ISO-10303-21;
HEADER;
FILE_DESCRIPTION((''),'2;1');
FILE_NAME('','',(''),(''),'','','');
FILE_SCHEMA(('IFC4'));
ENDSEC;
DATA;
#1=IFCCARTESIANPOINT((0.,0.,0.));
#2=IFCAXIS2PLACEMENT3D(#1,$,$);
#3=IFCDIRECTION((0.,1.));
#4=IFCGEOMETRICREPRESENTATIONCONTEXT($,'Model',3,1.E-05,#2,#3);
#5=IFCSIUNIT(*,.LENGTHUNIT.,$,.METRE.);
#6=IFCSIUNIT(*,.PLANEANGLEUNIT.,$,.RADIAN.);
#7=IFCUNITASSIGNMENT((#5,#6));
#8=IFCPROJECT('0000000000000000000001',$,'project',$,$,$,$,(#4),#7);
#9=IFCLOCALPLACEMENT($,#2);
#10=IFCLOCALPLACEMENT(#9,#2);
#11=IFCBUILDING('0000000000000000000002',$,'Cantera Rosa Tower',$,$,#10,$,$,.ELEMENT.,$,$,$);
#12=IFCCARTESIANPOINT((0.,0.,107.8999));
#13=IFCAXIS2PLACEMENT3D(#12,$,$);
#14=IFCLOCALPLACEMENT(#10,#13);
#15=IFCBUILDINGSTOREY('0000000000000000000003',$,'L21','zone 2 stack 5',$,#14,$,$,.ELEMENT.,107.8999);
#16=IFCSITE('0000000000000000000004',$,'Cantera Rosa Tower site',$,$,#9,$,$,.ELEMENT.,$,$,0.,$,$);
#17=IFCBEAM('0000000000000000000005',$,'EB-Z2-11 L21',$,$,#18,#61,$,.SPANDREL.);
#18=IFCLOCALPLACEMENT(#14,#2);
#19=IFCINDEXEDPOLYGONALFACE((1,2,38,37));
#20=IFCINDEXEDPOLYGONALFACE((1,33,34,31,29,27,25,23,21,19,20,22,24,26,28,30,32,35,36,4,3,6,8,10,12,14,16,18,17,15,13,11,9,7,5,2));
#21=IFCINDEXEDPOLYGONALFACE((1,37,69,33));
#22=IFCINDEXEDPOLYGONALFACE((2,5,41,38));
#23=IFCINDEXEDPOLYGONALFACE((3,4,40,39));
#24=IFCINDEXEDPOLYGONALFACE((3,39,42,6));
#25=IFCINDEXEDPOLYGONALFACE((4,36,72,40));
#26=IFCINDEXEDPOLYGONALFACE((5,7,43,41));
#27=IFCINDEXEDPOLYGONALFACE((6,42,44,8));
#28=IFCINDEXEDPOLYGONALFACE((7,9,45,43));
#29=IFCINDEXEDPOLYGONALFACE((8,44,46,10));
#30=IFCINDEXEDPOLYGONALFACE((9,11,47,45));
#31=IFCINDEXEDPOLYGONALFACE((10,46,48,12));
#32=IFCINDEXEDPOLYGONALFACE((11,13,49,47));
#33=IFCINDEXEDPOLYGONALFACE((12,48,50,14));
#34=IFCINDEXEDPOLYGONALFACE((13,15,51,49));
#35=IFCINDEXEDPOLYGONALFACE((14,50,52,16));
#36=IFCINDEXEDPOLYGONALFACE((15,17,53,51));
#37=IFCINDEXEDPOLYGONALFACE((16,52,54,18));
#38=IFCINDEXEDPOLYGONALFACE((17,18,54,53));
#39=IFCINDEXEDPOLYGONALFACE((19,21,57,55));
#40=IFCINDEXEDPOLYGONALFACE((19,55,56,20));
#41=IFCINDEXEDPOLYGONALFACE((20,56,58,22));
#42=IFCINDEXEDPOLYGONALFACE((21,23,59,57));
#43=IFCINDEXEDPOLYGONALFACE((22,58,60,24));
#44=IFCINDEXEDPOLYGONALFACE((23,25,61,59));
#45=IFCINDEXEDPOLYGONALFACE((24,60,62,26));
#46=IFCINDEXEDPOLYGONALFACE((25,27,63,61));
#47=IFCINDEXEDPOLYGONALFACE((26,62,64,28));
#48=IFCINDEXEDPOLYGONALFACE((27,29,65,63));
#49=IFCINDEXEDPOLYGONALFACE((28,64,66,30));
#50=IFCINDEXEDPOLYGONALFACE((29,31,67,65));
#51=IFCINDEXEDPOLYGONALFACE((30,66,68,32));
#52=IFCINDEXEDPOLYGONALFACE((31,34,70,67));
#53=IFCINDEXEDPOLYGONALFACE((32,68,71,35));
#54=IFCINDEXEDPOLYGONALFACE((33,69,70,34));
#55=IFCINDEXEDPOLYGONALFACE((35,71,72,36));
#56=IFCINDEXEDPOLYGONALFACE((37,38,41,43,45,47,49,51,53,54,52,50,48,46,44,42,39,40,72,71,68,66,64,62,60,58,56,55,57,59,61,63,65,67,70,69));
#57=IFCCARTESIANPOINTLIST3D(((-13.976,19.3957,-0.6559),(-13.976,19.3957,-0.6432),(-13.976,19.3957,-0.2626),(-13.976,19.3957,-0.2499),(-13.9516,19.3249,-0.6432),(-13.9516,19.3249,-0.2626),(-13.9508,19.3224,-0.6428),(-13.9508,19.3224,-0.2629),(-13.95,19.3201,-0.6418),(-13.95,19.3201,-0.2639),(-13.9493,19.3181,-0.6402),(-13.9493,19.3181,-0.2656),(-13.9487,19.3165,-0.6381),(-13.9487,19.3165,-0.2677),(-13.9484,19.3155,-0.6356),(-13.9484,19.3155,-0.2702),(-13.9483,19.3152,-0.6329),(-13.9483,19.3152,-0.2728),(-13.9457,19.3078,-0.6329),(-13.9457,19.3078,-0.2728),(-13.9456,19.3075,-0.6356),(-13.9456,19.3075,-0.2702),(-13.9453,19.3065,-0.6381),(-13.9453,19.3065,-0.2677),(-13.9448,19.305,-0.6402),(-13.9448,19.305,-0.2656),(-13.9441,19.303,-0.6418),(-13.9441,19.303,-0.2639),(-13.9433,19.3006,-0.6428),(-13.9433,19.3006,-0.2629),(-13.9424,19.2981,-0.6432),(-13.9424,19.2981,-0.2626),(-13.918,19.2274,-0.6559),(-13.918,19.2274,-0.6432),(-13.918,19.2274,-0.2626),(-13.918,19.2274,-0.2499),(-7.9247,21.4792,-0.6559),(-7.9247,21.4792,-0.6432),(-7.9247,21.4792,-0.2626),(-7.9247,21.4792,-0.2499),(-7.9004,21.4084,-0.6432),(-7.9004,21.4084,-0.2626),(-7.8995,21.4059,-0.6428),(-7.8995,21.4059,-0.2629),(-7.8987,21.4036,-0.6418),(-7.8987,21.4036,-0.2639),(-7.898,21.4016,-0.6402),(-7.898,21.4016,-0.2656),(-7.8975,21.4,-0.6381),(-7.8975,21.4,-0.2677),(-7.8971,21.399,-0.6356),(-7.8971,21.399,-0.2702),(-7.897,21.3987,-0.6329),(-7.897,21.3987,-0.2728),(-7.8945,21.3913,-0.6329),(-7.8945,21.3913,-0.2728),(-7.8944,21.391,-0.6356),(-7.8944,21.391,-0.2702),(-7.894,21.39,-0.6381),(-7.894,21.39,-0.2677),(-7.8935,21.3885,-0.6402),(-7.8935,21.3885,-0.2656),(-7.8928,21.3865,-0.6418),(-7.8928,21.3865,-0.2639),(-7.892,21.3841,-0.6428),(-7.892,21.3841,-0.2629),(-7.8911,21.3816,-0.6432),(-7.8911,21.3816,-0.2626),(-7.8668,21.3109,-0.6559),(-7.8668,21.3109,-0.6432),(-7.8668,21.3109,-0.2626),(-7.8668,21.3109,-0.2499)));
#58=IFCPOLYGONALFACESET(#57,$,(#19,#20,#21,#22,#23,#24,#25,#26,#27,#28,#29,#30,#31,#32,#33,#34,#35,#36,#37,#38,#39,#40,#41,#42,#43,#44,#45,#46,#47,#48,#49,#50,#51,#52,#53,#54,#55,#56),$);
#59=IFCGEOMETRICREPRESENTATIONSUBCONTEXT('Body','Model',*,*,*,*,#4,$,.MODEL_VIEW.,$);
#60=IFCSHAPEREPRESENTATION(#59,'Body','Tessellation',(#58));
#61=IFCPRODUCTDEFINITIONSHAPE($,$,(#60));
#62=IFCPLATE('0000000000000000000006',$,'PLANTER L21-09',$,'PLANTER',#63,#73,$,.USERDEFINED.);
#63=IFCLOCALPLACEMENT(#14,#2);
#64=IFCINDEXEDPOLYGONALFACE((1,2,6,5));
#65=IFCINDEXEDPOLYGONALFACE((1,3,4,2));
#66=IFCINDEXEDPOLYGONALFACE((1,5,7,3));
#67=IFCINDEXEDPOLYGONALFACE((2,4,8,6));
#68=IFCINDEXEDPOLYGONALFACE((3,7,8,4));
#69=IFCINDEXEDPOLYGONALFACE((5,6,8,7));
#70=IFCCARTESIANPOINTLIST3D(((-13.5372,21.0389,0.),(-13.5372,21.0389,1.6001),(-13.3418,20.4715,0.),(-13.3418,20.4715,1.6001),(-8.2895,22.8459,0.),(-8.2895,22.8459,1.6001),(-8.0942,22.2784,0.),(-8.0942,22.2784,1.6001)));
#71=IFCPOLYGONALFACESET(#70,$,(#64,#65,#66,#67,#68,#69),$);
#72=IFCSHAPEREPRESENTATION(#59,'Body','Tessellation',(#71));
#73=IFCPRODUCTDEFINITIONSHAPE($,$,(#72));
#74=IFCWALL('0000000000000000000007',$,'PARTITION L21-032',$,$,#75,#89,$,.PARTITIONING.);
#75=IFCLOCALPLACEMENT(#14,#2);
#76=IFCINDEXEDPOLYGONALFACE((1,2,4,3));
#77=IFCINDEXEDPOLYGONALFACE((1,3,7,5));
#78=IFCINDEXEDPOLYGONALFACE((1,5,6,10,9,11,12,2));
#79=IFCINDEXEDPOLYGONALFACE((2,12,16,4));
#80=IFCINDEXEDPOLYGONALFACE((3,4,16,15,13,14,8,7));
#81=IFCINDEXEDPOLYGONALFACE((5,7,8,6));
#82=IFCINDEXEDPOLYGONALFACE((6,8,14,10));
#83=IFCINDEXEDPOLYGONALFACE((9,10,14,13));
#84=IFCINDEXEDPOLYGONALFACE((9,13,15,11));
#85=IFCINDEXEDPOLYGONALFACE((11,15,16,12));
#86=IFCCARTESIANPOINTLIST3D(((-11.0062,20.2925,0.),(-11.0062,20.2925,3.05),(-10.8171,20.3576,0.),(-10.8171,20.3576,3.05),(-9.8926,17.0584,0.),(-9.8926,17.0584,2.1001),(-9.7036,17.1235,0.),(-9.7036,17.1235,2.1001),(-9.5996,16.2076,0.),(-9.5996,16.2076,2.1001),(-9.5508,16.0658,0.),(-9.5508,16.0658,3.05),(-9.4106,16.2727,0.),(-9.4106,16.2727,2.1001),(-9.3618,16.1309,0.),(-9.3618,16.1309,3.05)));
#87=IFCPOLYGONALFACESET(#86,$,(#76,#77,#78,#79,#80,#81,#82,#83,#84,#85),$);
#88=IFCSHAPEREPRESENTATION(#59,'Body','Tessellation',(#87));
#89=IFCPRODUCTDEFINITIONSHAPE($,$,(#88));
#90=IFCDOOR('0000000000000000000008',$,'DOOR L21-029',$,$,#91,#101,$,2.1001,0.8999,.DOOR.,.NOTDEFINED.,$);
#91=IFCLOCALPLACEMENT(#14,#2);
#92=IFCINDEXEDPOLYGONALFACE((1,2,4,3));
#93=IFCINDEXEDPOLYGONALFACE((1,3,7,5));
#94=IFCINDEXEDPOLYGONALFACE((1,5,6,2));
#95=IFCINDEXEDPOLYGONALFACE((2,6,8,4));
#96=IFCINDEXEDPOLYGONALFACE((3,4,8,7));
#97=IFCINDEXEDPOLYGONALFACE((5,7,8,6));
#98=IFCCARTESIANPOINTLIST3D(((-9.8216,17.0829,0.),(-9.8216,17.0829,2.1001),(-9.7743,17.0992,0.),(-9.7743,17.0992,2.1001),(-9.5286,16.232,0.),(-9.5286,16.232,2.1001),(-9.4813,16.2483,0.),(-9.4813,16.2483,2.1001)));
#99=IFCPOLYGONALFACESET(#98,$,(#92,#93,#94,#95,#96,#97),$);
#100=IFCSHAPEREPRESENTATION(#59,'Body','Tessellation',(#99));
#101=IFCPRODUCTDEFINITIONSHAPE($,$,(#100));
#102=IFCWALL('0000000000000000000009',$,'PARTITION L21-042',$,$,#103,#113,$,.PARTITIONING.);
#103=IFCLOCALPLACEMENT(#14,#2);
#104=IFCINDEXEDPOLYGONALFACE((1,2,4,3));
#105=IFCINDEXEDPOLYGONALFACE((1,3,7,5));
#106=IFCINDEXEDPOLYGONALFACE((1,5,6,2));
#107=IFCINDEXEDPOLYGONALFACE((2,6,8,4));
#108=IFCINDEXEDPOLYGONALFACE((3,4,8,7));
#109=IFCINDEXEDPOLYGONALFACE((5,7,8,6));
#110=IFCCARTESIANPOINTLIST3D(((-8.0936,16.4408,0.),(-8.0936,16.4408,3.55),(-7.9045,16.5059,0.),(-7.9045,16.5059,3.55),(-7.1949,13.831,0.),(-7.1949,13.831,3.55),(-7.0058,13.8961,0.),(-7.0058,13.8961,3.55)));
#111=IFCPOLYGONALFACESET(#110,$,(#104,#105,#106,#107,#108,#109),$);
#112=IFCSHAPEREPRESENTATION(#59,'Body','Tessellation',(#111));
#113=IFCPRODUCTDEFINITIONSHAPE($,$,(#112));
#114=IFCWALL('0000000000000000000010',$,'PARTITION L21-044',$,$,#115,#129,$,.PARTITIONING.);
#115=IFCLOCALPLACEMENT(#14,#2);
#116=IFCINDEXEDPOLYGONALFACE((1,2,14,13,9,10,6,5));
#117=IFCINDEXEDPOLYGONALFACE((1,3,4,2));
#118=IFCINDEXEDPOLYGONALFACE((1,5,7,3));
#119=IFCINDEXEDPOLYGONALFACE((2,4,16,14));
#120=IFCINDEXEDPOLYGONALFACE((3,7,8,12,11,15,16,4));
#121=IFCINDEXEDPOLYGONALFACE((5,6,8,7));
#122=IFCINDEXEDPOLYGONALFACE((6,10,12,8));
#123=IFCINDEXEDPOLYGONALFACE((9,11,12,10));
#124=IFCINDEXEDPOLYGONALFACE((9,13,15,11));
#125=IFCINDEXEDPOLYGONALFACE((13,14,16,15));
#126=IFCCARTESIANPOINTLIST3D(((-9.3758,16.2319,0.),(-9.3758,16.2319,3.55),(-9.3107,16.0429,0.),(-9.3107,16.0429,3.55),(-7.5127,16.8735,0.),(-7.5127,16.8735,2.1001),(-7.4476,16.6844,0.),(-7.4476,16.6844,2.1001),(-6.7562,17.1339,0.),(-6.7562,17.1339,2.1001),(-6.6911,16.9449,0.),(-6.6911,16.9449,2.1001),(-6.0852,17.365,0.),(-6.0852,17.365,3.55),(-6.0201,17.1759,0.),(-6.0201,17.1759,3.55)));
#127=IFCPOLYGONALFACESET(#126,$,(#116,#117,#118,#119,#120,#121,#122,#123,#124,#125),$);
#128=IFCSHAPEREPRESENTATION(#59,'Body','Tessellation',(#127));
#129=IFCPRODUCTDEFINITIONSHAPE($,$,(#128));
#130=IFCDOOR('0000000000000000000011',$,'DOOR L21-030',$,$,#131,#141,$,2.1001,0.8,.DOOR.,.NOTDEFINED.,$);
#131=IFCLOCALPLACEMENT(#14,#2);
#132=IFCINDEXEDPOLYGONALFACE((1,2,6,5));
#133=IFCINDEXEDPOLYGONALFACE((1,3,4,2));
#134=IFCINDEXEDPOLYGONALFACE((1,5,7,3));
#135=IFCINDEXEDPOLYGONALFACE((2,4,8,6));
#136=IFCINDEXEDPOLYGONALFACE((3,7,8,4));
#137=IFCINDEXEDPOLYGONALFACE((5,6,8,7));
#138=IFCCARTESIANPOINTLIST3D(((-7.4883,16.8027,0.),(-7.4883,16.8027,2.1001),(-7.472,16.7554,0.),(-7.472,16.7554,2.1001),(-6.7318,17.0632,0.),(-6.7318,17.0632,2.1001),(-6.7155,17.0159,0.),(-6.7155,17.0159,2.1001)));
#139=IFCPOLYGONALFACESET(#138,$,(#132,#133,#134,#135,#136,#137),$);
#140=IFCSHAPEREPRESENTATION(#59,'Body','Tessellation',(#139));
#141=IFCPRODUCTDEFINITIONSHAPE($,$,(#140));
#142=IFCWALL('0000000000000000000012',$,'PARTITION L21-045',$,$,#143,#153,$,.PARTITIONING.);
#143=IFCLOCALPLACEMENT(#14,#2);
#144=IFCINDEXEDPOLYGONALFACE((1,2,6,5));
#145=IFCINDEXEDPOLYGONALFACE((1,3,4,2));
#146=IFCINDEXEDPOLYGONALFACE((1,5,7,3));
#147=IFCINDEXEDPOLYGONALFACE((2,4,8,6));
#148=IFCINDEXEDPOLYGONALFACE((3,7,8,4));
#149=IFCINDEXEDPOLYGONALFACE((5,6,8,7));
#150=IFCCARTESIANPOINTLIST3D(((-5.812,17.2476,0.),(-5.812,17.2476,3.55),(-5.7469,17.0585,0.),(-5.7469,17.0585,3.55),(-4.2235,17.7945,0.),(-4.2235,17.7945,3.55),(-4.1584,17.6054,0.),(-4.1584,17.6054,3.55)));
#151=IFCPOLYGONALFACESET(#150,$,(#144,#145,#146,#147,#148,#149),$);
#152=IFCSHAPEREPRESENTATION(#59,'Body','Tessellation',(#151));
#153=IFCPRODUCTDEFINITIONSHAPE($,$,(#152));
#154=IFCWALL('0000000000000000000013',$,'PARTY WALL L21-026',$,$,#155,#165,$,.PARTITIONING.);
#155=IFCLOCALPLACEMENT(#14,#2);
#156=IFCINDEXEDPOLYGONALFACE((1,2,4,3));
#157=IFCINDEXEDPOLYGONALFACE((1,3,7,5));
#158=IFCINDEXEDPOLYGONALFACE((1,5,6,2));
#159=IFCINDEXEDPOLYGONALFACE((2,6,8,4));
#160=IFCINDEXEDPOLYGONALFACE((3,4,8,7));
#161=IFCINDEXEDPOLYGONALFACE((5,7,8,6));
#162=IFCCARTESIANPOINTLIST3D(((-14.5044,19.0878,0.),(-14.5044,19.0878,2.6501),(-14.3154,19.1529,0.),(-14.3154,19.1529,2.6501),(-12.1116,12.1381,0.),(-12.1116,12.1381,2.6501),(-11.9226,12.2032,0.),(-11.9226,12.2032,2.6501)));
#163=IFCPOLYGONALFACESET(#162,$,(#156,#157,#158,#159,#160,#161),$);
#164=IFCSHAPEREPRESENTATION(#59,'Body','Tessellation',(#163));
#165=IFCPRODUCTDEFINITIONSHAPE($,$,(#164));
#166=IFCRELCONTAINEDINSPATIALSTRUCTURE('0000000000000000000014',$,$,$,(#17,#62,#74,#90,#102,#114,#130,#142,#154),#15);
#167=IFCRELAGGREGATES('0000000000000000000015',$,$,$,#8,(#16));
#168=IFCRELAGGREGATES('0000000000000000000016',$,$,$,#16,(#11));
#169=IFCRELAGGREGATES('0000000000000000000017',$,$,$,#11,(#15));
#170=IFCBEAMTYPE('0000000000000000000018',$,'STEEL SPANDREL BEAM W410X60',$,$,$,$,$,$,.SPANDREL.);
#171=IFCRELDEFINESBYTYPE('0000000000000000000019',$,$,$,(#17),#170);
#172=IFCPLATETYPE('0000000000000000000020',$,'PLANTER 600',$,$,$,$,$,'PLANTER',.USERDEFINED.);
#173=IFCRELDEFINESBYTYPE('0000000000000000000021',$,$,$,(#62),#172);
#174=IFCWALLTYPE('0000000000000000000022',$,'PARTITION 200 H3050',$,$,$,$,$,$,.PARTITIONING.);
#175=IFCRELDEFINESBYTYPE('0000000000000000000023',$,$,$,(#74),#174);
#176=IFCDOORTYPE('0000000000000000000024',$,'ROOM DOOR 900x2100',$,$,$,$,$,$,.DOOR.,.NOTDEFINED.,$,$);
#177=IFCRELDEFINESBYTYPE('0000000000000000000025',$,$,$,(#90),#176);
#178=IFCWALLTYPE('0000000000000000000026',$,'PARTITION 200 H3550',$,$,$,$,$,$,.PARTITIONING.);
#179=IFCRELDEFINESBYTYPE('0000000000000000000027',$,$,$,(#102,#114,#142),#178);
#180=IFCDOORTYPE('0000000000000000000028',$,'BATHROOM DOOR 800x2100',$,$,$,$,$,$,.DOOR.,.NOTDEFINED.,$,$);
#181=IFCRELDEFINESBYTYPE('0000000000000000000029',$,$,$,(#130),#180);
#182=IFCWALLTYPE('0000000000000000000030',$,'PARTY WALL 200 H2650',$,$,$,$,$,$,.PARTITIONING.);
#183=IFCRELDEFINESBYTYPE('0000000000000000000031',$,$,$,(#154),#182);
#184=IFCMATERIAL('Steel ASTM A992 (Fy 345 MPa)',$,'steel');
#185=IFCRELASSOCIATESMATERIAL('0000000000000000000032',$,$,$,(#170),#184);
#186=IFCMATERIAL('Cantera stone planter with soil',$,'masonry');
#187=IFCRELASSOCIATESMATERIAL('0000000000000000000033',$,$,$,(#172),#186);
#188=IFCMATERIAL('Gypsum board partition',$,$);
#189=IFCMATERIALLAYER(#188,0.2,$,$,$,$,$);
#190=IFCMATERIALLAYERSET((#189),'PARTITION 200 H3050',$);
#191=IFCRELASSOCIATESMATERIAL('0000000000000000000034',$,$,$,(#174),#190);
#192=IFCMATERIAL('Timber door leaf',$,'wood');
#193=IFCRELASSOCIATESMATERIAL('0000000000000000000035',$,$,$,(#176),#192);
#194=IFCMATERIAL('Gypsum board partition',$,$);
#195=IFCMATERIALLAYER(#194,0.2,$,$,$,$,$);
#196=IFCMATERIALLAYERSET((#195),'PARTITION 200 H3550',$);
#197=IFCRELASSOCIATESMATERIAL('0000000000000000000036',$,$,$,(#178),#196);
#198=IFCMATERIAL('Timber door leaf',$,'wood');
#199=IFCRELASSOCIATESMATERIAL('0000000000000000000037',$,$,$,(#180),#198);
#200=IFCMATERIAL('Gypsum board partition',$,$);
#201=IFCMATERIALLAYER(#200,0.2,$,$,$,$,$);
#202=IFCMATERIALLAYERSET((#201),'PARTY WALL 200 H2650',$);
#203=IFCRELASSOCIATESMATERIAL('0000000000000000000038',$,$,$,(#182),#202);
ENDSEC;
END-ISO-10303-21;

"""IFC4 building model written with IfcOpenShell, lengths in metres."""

from ifc_helpers import new_model, si_unit, direction, frame, frame_2d, origin, origin_2d, place, context, subcontext, project, spatial, rectangle, i_section, extrude, material, layer, layer_set, material_profile, profile_set, type_object, element, fill, save


model = new_model("IFC4")

# Units and contexts
model_context = context("Model", 3, precision=1e-05, world=origin(), true_north=direction((0.0, 1.0)))
body_context = subcontext(model_context, "Body", "Model", "MODEL_VIEW")
ifc_project = project(units=[si_unit("LENGTHUNIT", "METRE"), si_unit("PLANEANGLEUNIT", "RADIAN")], contexts=[model_context])

# Site, building, storey
site_placement = place(None, origin())
site = spatial("IfcSite", under=ifc_project, at=site_placement, Name="Cantera Rosa Tower site", CompositionType="ELEMENT", RefElevation=0.0)
building_placement = place(site_placement, origin())
building = spatial("IfcBuilding", under=site, at=building_placement, Name="Cantera Rosa Tower", CompositionType="ELEMENT")
storey_placement = place(building_placement, frame((0.0, 0.0, 107.8999)))
storey = spatial("IfcBuildingStorey", under=building, at=storey_placement, Name="L21", Description="zone 2 stack 5", CompositionType="ELEMENT", Elevation=107.8999)

# Beam
ifc_material_1 = material(Name="Steel ASTM A992 (Fy 345 MPa)", Category="steel")
ifc_material_profile_1 = material_profile(ifc_material_1, i_section(OverallWidth=0.178, OverallDepth=0.406, WebThickness=0.0078, FlangeThickness=0.0127, FilletRadius=0.0103, at=origin_2d()), Name="W410X60")
ifc_profile_set_1 = profile_set([ifc_material_profile_1], Name="Steel ASTM A992 (Fy 345 MPa)")
beam_type_1 = type_object("IfcBeamType", Name="STEEL SPANDREL BEAM W410X60", PredefinedType="SPANDREL", material=ifc_profile_set_1)
beam_1_placement = place(storey_placement, frame((-7.8958, 21.395, -0.4529), z_axis=(-0.945524, -0.325551, 0.0), x_axis=(0.325551, -0.945524, 0.0)))
element("IfcBeam", 1, at=beam_1_placement, inside=storey, type_object=beam_type_1, Name="EB-Z2-11 L21", PredefinedType="SPANDREL", context=body_context, shape_type="SweptSolid", body=[
    extrude(i_section(OverallWidth=0.178, OverallDepth=0.406, WebThickness=0.0078, FlangeThickness=0.0127, FilletRadius=0.0103, at=origin_2d()), origin(), (0.0, 0.0, 1.0), 6.3999),
])

# Plate
ifc_material_2 = material(Name="Cantera stone planter with soil", Category="masonry")
plate_type = type_object("IfcPlateType", Name="PLANTER 600", ElementType="PLANTER", PredefinedType="USERDEFINED", material=ifc_material_2)
plate_placement = place(storey_placement, frame((-10.8157, 21.6587, 0.0), z_axis=(0.0, 0.0, 1.0), x_axis=(-0.945519, -0.325568, 0.0)))
element("IfcPlate", 2, at=plate_placement, inside=storey, type_object=plate_type, Name="PLANTER L21-09", ObjectType="PLANTER", PredefinedType="USERDEFINED", context=body_context, shape_type="SweptSolid", body=[
    extrude(rectangle(XDim=5.55, YDim=0.6001, at=origin_2d()), origin(), (0.0, 0.0, 1.0), 1.6001),
])

# Wall, opening, door
ifc_material_3 = material(Name="Gypsum board partition")
ifc_layer_1 = layer(ifc_material_3, 0.2)
ifc_layer_set_1 = layer_set([ifc_layer_1], Name="PARTITION 200 H3050")
wall_type_1 = type_object("IfcWallType", Name="PARTITION 200 H3050", PredefinedType="PARTITIONING", material=ifc_layer_set_1)
wall_1_placement = place(storey_placement, frame((-9.4563, 16.0984, 0.0), z_axis=(0.0, 0.0, 1.0), x_axis=(-0.325568, 0.945519, 0.0)))
wall_1 = element("IfcWall", 3, at=wall_1_placement, inside=storey, type_object=wall_type_1, Name="PARTITION L21-032", PredefinedType="PARTITIONING", context=body_context, shape_type="SweptSolid", body=[
    extrude(rectangle(XDim=4.4702, YDim=0.2, at=frame_2d((2.2351, 0.0))), origin(), (0.0, 0.0, 1.0), 3.05),
])
opening_1_placement = place(wall_1_placement, frame((0.1499, 0.0, 0.0)))
opening_1 = element("IfcOpeningElement", 4, at=opening_1_placement, cuts=wall_1, PredefinedType="OPENING", context=body_context, shape_type="SweptSolid", body=[
    extrude(rectangle(XDim=0.8999, YDim=2.1001, at=frame_2d((0.45, 1.05))), frame((0.0, 0.1099, 0.0), z_axis=(0.0, -1.0, 0.0), x_axis=(1.0, 0.0, 0.0)), (0.0, 0.0, 1.0), 0.22),
])
ifc_material_4 = material(Name="Timber door leaf", Category="wood")
door_type_1 = type_object("IfcDoorType", Name="ROOM DOOR 900x2100", OperationType="NOTDEFINED", PredefinedType="DOOR", material=ifc_material_4)
door_1_placement = place(opening_1_placement, origin())
door_1 = element("IfcDoor", 5, at=door_1_placement, inside=storey, type_object=door_type_1, Name="DOOR L21-029", OperationType="NOTDEFINED", OverallHeight=2.1001, OverallWidth=0.8999, PredefinedType="DOOR", context=body_context, shape_type="SweptSolid", body=[
    extrude(rectangle(XDim=0.8999, YDim=2.1001, at=frame_2d((0.45, 1.05))), frame((0.0, 0.0249, 0.0), z_axis=(0.0, -1.0, 0.0), x_axis=(1.0, 0.0, 0.0)), (0.0, 0.0, 1.0), 0.05),
])
fill(opening_1, door_1)

# Wall
ifc_material_5 = material(Name="Gypsum board partition")
ifc_layer_2 = layer(ifc_material_5, 0.2)
ifc_layer_set_2 = layer_set([ifc_layer_2], Name="PARTITION 200 H3550")
wall_type_2 = type_object("IfcWallType", Name="PARTITION 200 H3550", PredefinedType="PARTITIONING", material=ifc_layer_set_2)
wall_2_placement = place(storey_placement, frame((-7.1003, 13.8635, 0.0), z_axis=(0.0, 0.0, 1.0), x_axis=(-0.325579, 0.945515, 0.0)))
element("IfcWall", 6, at=wall_2_placement, inside=storey, type_object=wall_type_2, Name="PARTITION L21-042", PredefinedType="PARTITIONING", context=body_context, shape_type="SweptSolid", body=[
    extrude(rectangle(XDim=2.7603, YDim=0.2, at=frame_2d((1.3801, 0.0))), origin(), (0.0, 0.0, 1.0), 3.55),
])

# Wall, opening, door
wall_3_placement = place(storey_placement, frame((-6.0525, 17.2705, 0.0), z_axis=(0.0, 0.0, 1.0), x_axis=(-0.945515, -0.325578, 0.0)))
wall_3 = element("IfcWall", 7, at=wall_3_placement, inside=storey, type_object=wall_type_2, Name="PARTITION L21-044", PredefinedType="PARTITIONING", context=body_context, shape_type="SweptSolid", body=[
    extrude(rectangle(XDim=3.4802, YDim=0.2, at=frame_2d((1.7402, 0.0))), origin(), (0.0, 0.0, 1.0), 3.55),
])
opening_2_placement = place(wall_3_placement, frame((0.71, 0.0, 0.0)))
opening_2 = element("IfcOpeningElement", 8, at=opening_2_placement, cuts=wall_3, PredefinedType="OPENING", context=body_context, shape_type="SweptSolid", body=[
    extrude(rectangle(XDim=0.8, YDim=2.1001, at=frame_2d((0.3999, 1.05))), frame((0.0, 0.1099, 0.0), z_axis=(0.0, -1.0, 0.0), x_axis=(1.0, 0.0, 0.0)), (0.0, 0.0, 1.0), 0.22),
])
ifc_material_6 = material(Name="Timber door leaf", Category="wood")
door_type_2 = type_object("IfcDoorType", Name="BATHROOM DOOR 800x2100", OperationType="NOTDEFINED", PredefinedType="DOOR", material=ifc_material_6)
door_2_placement = place(opening_2_placement, origin())
door_2 = element("IfcDoor", 9, at=door_2_placement, inside=storey, type_object=door_type_2, Name="DOOR L21-030", OperationType="NOTDEFINED", OverallHeight=2.1001, OverallWidth=0.8, PredefinedType="DOOR", context=body_context, shape_type="SweptSolid", body=[
    extrude(rectangle(XDim=0.8, YDim=2.1001, at=frame_2d((0.3999, 1.05))), frame((0.0, 0.0249, 0.0), z_axis=(0.0, -1.0, 0.0), x_axis=(1.0, 0.0, 0.0)), (0.0, 0.0, 1.0), 0.05),
])
fill(opening_2, door_2)

# Walls
wall_4_placement = place(storey_placement, frame((-5.7793, 17.1531, 0.0), z_axis=(0.0, 0.0, 1.0), x_axis=(0.945527, 0.325543, 0.0)))
element("IfcWall", 10, at=wall_4_placement, inside=storey, type_object=wall_type_2, Name="PARTITION L21-045", PredefinedType="PARTITIONING", context=body_context, shape_type="SweptSolid", body=[
    extrude(rectangle(XDim=1.6799, YDim=0.2, at=frame_2d((0.8398, 0.0))), origin(), (0.0, 0.0, 1.0), 3.55),
])
ifc_material_7 = material(Name="Gypsum board partition")
ifc_layer_3 = layer(ifc_material_7, 0.2)
ifc_layer_set_3 = layer_set([ifc_layer_3], Name="PARTY WALL 200 H2650")
wall_type_3 = type_object("IfcWallType", Name="PARTY WALL 200 H2650", PredefinedType="PARTITIONING", material=ifc_layer_set_3)
wall_5_placement = place(storey_placement, frame((-12.0171, 12.1707, 0.0), z_axis=(0.0, 0.0, 1.0), x_axis=(-0.325549, 0.945525, 0.0)))
element("IfcWall", 11, at=wall_5_placement, inside=storey, type_object=wall_type_3, Name="PARTY WALL L21-026", PredefinedType="PARTITIONING", context=body_context, shape_type="SweptSolid", body=[
    extrude(rectangle(XDim=7.3501, YDim=0.2, at=frame_2d((3.675, 0.0))), origin(), (0.0, 0.0, 1.0), 2.6501),
])

save(model, "model.ifc")
